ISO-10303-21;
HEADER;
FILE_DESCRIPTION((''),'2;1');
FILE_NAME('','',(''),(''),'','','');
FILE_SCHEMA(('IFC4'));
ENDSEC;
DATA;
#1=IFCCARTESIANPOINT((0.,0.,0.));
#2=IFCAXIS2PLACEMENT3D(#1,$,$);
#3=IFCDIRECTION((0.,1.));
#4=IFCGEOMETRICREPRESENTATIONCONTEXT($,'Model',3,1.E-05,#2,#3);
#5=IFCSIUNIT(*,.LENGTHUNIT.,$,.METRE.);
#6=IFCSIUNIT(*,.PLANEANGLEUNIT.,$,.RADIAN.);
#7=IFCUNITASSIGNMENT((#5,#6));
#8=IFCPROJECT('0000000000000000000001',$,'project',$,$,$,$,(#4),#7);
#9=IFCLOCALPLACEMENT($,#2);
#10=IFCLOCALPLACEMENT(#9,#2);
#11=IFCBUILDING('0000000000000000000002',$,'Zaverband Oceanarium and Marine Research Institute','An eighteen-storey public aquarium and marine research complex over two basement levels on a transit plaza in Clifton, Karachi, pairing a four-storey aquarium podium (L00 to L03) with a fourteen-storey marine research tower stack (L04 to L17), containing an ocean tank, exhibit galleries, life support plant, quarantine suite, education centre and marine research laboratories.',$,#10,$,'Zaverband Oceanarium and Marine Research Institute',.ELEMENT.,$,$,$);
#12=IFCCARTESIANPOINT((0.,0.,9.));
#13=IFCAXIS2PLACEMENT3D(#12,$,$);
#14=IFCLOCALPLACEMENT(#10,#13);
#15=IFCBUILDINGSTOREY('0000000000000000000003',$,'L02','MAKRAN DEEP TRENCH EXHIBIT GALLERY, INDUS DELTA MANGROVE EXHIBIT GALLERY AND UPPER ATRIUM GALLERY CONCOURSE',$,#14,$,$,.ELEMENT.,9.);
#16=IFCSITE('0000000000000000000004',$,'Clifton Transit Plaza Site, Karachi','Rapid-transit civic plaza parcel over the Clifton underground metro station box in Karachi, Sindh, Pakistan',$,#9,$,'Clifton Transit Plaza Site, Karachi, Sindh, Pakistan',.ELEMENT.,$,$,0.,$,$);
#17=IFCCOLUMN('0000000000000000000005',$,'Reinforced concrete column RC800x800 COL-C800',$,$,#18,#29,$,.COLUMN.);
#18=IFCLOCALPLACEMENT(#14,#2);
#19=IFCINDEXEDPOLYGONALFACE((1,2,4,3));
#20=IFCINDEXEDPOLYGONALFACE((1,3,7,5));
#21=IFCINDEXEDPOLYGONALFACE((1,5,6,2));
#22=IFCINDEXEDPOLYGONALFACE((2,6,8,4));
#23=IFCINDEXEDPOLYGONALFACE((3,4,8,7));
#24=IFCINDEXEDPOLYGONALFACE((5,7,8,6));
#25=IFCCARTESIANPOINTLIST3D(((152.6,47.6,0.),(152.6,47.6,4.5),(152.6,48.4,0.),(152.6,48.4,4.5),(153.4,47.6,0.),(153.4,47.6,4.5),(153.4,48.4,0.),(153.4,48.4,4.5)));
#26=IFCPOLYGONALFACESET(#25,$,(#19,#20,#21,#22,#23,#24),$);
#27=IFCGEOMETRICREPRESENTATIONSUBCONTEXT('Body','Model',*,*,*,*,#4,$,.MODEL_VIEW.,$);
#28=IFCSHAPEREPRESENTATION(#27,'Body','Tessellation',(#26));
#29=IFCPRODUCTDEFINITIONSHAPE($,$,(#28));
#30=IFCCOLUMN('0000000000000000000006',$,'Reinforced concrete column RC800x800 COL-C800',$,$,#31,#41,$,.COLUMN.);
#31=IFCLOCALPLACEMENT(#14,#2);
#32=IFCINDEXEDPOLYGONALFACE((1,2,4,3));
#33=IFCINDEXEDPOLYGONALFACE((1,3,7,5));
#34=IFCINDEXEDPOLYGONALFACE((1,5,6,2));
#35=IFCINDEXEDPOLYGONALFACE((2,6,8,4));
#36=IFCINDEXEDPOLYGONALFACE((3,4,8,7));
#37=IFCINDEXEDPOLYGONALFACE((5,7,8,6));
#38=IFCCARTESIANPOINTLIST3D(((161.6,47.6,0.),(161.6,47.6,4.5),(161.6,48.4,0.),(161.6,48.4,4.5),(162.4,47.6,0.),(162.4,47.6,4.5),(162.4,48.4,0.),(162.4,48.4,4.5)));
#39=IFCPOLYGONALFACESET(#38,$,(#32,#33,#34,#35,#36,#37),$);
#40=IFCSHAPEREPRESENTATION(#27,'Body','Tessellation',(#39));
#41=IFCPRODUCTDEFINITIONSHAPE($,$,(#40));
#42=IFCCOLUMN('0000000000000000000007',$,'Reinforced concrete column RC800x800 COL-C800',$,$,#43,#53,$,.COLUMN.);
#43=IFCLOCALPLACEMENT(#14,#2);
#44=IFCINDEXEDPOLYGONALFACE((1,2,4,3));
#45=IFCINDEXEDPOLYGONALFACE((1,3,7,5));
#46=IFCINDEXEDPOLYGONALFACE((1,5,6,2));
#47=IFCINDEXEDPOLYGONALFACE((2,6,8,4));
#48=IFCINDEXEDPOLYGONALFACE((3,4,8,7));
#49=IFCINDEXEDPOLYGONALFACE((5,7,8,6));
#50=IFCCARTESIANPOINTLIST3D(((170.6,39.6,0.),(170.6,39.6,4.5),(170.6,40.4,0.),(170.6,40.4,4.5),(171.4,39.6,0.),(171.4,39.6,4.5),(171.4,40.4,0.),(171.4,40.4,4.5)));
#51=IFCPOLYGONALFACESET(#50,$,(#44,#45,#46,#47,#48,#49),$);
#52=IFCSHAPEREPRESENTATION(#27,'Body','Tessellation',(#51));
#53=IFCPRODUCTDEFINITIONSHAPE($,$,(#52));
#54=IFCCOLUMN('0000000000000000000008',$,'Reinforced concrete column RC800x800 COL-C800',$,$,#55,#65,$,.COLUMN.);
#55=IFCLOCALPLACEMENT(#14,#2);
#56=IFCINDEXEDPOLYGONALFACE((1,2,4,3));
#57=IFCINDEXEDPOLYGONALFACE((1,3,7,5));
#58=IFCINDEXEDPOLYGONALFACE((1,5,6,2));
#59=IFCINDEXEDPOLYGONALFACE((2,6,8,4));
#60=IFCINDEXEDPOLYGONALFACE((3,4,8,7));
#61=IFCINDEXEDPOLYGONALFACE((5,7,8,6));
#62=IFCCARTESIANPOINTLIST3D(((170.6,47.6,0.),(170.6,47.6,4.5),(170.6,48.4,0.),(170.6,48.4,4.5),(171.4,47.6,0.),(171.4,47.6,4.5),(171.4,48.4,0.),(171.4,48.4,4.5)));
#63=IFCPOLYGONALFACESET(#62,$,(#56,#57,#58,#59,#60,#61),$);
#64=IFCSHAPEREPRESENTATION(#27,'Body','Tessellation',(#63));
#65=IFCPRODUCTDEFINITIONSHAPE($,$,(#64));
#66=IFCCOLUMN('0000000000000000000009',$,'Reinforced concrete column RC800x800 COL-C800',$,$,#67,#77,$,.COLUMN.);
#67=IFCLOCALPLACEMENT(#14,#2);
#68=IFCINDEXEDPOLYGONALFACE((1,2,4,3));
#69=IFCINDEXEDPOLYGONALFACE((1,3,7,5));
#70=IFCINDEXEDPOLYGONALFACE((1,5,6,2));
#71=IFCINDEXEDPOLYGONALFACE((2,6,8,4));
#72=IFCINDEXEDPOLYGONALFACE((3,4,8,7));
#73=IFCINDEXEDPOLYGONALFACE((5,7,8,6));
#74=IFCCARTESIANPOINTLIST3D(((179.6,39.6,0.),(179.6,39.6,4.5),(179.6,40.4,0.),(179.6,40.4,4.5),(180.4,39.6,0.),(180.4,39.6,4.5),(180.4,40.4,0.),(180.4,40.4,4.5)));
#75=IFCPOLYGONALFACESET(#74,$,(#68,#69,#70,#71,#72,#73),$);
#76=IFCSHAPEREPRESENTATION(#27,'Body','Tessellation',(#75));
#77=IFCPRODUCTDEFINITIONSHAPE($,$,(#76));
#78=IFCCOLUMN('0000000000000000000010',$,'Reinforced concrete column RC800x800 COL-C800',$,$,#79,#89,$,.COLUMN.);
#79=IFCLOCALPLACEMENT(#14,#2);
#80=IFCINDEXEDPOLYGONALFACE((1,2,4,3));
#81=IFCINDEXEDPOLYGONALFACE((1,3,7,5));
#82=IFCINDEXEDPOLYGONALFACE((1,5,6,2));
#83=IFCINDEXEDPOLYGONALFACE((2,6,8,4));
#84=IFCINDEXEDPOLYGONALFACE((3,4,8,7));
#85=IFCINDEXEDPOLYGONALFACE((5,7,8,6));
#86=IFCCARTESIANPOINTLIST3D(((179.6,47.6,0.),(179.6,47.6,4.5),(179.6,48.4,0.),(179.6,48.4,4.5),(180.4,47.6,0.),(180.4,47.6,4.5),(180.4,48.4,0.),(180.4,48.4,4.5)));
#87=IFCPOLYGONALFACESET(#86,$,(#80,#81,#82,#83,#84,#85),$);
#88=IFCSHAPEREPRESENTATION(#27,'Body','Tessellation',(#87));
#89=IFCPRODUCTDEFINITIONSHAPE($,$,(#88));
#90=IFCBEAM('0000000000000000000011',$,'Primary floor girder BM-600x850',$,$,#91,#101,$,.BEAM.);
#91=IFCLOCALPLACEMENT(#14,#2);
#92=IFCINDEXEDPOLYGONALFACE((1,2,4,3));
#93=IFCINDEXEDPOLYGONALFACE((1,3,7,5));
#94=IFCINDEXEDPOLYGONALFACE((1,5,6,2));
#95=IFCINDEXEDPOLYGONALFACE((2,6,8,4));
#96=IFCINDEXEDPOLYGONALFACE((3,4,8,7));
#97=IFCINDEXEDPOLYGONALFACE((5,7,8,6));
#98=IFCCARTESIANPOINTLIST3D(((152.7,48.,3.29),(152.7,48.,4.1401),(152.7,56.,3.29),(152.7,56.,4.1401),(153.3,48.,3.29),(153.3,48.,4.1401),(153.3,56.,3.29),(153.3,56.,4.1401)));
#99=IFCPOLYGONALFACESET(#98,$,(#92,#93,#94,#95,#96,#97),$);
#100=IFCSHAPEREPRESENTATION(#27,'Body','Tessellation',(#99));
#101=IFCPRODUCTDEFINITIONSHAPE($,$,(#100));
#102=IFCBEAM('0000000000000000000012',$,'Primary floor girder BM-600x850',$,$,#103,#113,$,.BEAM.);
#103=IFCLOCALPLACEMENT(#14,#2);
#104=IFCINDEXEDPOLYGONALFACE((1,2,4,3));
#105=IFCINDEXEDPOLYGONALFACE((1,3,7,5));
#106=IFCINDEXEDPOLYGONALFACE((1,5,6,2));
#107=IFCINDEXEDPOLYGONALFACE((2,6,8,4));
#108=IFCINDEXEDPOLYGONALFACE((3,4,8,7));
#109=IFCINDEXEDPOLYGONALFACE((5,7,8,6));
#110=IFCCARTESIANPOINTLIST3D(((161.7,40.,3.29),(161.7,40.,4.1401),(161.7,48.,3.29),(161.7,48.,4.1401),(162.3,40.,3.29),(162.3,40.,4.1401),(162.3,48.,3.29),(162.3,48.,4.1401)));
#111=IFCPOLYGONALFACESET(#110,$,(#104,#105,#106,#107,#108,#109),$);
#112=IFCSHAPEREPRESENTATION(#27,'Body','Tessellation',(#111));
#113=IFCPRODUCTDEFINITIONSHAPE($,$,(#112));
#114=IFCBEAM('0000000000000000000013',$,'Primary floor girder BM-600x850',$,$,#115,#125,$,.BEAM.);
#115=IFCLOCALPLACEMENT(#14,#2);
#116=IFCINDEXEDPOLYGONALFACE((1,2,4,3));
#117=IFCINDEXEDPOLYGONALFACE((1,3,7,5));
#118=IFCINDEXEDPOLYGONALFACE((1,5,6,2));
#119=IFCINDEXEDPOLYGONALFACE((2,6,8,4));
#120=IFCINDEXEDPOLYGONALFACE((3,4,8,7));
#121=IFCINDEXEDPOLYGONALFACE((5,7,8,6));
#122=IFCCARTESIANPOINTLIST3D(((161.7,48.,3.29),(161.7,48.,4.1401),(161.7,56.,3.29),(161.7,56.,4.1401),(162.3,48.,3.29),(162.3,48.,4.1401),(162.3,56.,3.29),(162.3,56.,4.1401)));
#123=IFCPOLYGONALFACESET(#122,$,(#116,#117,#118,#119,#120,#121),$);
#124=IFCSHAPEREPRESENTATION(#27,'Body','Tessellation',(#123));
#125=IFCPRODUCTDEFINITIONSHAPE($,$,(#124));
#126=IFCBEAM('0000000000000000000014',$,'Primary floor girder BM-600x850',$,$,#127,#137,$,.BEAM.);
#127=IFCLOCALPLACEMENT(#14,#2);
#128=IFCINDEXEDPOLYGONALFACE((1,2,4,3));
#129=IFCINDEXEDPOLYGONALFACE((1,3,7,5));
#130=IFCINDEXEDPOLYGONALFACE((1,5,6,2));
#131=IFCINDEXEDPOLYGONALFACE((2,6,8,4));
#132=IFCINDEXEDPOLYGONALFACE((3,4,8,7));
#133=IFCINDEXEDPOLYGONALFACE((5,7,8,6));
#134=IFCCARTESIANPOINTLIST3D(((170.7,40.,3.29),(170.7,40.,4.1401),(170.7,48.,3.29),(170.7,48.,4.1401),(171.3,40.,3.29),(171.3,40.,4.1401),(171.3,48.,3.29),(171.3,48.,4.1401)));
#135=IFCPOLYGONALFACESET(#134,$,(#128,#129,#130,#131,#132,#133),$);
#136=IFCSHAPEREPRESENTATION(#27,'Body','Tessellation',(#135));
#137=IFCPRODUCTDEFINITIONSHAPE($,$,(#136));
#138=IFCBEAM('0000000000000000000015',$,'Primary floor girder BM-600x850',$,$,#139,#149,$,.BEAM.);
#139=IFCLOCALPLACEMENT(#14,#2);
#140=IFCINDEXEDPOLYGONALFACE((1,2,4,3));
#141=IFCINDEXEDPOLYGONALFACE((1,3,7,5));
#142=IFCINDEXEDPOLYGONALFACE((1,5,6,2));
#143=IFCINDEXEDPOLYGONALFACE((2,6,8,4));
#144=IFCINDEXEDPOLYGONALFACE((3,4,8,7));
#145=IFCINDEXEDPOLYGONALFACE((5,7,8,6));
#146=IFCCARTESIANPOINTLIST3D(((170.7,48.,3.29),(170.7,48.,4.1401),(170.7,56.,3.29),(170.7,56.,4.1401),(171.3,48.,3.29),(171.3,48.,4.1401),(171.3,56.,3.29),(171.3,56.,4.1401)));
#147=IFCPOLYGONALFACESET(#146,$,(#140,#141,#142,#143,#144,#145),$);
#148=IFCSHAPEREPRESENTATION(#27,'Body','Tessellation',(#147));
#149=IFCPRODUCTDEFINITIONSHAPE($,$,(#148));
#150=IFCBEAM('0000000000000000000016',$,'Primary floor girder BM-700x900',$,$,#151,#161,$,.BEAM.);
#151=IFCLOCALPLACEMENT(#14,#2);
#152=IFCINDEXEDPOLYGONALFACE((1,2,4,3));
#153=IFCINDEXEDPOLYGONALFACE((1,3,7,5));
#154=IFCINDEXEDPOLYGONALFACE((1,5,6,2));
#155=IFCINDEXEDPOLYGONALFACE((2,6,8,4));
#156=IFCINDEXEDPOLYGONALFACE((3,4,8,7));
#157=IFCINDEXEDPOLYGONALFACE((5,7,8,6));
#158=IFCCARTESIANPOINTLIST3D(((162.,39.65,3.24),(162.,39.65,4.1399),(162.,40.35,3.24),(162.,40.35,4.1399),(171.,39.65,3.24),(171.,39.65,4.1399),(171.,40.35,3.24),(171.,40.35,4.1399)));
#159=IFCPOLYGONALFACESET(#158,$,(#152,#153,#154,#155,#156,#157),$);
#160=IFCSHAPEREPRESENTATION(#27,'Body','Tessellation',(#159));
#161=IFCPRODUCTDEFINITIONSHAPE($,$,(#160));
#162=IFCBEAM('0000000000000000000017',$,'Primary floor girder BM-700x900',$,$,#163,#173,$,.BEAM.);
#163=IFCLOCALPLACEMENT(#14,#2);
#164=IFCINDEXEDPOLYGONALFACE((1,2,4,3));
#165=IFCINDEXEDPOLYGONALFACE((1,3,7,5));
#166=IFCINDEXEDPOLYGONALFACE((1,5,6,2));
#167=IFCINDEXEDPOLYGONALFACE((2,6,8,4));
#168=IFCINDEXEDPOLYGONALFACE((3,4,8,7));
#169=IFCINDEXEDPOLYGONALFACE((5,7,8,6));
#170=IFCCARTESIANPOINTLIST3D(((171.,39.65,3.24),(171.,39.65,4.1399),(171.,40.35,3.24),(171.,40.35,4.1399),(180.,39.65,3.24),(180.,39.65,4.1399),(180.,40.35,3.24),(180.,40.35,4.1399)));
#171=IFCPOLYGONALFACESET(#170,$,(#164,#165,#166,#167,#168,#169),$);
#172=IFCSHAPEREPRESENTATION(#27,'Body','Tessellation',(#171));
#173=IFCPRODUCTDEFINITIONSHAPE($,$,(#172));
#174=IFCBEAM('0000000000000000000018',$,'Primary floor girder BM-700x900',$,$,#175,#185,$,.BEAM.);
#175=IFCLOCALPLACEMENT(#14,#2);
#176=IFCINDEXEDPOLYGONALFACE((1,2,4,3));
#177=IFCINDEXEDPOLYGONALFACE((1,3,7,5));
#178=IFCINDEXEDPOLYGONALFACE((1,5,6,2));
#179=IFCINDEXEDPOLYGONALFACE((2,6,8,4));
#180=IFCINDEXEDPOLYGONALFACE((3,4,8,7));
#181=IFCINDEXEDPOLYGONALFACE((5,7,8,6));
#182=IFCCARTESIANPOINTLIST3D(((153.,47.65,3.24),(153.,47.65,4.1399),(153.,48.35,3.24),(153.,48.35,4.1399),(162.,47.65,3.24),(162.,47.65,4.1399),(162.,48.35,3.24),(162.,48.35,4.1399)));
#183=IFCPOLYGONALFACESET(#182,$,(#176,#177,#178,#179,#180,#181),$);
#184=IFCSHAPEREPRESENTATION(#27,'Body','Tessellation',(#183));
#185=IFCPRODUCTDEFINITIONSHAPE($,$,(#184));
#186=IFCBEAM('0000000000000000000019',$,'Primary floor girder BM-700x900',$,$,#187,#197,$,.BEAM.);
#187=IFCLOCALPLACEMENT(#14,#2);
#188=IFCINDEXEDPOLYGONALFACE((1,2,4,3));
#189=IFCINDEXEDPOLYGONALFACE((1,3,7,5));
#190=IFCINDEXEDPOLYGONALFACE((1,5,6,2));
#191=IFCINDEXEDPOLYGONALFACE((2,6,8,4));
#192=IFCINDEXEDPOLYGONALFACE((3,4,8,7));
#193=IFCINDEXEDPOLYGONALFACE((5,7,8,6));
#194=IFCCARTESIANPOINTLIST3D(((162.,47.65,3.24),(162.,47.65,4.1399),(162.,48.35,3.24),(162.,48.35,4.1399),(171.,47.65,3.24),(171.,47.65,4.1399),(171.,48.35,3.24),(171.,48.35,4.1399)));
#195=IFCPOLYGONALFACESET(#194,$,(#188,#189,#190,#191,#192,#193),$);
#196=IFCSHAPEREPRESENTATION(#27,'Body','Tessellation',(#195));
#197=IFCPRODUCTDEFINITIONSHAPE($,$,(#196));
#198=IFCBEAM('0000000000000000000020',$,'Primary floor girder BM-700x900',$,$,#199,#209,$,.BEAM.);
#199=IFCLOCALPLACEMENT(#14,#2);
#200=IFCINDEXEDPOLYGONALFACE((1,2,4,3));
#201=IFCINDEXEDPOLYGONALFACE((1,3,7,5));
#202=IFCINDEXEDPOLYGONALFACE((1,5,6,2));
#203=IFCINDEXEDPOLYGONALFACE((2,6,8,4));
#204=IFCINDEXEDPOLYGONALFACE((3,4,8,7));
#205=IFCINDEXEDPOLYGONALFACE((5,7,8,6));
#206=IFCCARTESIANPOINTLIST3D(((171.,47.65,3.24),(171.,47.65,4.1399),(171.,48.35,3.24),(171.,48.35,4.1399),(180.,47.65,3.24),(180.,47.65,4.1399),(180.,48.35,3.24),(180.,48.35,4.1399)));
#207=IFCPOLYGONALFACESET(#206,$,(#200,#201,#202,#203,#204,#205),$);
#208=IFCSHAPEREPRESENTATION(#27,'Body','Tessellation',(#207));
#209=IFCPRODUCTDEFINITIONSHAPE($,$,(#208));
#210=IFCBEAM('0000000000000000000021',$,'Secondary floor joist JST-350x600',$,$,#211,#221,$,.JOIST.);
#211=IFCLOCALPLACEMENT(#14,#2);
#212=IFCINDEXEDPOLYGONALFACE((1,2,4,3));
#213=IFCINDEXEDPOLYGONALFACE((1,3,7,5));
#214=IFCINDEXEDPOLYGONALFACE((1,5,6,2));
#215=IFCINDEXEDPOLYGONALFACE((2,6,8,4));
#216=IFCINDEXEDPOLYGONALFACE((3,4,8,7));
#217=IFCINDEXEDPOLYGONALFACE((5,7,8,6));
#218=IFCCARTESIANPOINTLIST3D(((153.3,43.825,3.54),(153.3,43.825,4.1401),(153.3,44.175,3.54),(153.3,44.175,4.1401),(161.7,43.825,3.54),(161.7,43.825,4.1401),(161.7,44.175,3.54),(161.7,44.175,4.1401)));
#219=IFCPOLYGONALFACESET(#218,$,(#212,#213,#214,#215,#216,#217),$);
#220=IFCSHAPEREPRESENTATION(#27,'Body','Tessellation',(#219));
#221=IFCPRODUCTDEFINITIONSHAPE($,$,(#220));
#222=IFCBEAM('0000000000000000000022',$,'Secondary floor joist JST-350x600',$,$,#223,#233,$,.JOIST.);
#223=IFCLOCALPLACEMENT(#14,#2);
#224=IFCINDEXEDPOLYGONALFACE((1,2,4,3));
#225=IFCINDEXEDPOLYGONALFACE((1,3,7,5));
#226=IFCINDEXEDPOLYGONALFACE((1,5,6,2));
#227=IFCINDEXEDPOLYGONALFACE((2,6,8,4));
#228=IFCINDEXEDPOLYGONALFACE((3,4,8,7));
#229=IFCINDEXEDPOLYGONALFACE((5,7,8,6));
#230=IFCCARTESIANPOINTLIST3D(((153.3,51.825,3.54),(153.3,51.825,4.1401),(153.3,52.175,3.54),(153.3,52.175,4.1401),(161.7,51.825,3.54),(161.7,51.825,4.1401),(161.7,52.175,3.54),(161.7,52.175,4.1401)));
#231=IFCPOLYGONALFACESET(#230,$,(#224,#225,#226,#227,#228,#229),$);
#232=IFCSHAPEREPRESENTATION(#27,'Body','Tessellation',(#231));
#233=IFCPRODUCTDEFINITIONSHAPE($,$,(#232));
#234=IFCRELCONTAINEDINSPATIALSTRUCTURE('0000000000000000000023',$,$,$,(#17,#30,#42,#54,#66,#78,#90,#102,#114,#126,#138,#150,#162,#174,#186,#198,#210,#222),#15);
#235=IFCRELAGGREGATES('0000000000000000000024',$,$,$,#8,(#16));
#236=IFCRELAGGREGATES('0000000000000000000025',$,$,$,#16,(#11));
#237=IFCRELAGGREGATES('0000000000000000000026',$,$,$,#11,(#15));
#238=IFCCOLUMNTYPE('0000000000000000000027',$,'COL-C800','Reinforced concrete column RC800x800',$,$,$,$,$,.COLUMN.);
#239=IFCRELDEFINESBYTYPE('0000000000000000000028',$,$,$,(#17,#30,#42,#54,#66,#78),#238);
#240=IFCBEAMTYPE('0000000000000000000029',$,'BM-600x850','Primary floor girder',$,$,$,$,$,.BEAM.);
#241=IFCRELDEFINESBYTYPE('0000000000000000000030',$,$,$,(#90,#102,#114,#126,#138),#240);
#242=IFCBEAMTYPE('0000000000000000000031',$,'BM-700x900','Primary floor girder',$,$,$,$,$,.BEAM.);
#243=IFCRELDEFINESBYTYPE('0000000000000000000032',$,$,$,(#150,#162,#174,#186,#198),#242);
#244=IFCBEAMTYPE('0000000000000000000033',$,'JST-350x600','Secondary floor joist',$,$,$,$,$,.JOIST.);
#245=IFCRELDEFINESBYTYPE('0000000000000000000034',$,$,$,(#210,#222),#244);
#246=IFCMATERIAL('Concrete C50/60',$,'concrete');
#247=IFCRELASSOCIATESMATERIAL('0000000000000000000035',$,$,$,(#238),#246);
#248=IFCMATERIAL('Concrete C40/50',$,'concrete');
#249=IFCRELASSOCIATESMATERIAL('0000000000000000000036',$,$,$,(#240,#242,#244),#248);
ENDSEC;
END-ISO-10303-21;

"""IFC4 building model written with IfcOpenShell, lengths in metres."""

from ifc_helpers import new_model, si_unit, direction, frame, origin, origin_2d, place, context, subcontext, project, spatial, rectangle, extrude, material, material_profile, profile_set, type_object, element, save


model = new_model("IFC4")

# Units and contexts
model_context = context("Model", 3, precision=1e-05, world=origin(), true_north=direction((0.0, 1.0)))
body_context = subcontext(model_context, "Body", "Model", "MODEL_VIEW")
ifc_project = project(units=[si_unit("LENGTHUNIT", "METRE"), si_unit("PLANEANGLEUNIT", "RADIAN")], contexts=[model_context])

# Site, building, storey
site_placement = place(None, origin())
site = spatial("IfcSite", under=ifc_project, at=site_placement, Name="Clifton Transit Plaza Site, Karachi", Description="Rapid-transit civic plaza parcel over the Clifton underground metro station box in Karachi, Sindh, Pakistan", LongName="Clifton Transit Plaza Site, Karachi, Sindh, Pakistan", CompositionType="ELEMENT", RefElevation=0.0)
building_placement = place(site_placement, origin())
building = spatial("IfcBuilding", under=site, at=building_placement, Name="Zaverband Oceanarium and Marine Research Institute", Description="An eighteen-storey public aquarium and marine research complex over two basement levels on a transit plaza in Clifton, Karachi, pairing a four-storey aquarium podium (L00 to L03) with a fourteen-storey marine research tower stack (L04 to L17), containing an ocean tank, exhibit galleries, life support plant, quarantine suite, education centre and marine research laboratories.", LongName="Zaverband Oceanarium and Marine Research Institute", CompositionType="ELEMENT")
storey_placement = place(building_placement, frame((0.0, 0.0, 9.0)))
storey = spatial("IfcBuildingStorey", under=building, at=storey_placement, Name="L02", Description="MAKRAN DEEP TRENCH EXHIBIT GALLERY, INDUS DELTA MANGROVE EXHIBIT GALLERY AND UPPER ATRIUM GALLERY CONCOURSE", CompositionType="ELEMENT", Elevation=9.0)

# Columns
ifc_material_1 = material(Name="Concrete C50/60", Category="concrete")
ifc_material_profile_1 = material_profile(ifc_material_1, rectangle(XDim=0.8, YDim=0.8, at=origin_2d()), Name="RC800x800")
ifc_profile_set_1 = profile_set([ifc_material_profile_1], Name="Concrete C50/60")
column_type = type_object("IfcColumnType", Name="COL-C800", Description="Reinforced concrete column RC800x800", PredefinedType="COLUMN", material=ifc_profile_set_1)
for number, where, z_axis, x_axis, name in (
    (1, (153.0, 48.0, 0.0), (0.0, 0.0, 1.0), (1.0, 0.0, 0.0), "Reinforced concrete column RC800x800 COL-C800"),
    (2, (162.0, 48.0, 0.0), (0.0, 0.0, 1.0), (1.0, 0.0, 0.0), "Reinforced concrete column RC800x800 COL-C800"),
    (3, (171.0, 40.0, 0.0), (0.0, 0.0, 1.0), (1.0, 0.0, 0.0), "Reinforced concrete column RC800x800 COL-C800"),
    (4, (171.0, 48.0, 0.0), (0.0, 0.0, 1.0), (1.0, 0.0, 0.0), "Reinforced concrete column RC800x800 COL-C800"),
    (5, (180.0, 40.0, 0.0), (0.0, 0.0, 1.0), (1.0, 0.0, 0.0), "Reinforced concrete column RC800x800 COL-C800"),
    (6, (180.0, 48.0, 0.0), (0.0, 0.0, 1.0), (1.0, 0.0, 0.0), "Reinforced concrete column RC800x800 COL-C800"),
):
    element("IfcColumn", number, at=place(storey_placement, frame(where, z_axis=z_axis, x_axis=x_axis)), inside=storey, type_object=column_type, Name=name, PredefinedType="COLUMN", context=body_context, shape_type="SweptSolid", body=[
        extrude(rectangle(XDim=0.8, YDim=0.8, at=origin_2d()), origin(), (0.0, 0.0, 1.0), 4.5),
    ])

# Beams
ifc_material_2 = material(Name="Concrete C40/50", Category="concrete")
ifc_material_profile_2 = material_profile(ifc_material_2, rectangle(XDim=0.6001, YDim=0.8501, at=origin_2d()), Name="RC600x850")
ifc_profile_set_2 = profile_set([ifc_material_profile_2], Name="Concrete C40/50")
beam_type_1 = type_object("IfcBeamType", Name="BM-600x850", Description="Primary floor girder", PredefinedType="BEAM", material=ifc_profile_set_2)
for number, where, z_axis, x_axis, name in (
    (7, (153.0, 48.0, 3.7151), (0.0, 1.0, 0.0), (-1.0, 0.0, 0.0), "Primary floor girder BM-600x850"),
    (8, (162.0, 40.0, 3.7151), (0.0, 1.0, 0.0), (-1.0, 0.0, 0.0), "Primary floor girder BM-600x850"),
    (9, (162.0, 48.0, 3.7151), (0.0, 1.0, 0.0), (-1.0, 0.0, 0.0), "Primary floor girder BM-600x850"),
    (10, (171.0, 40.0, 3.7151), (0.0, 1.0, 0.0), (-1.0, 0.0, 0.0), "Primary floor girder BM-600x850"),
    (11, (171.0, 48.0, 3.7151), (0.0, 1.0, 0.0), (-1.0, 0.0, 0.0), "Primary floor girder BM-600x850"),
):
    element("IfcBeam", number, at=place(storey_placement, frame(where, z_axis=z_axis, x_axis=x_axis)), inside=storey, type_object=beam_type_1, Name=name, PredefinedType="BEAM", context=body_context, shape_type="SweptSolid", body=[
        extrude(rectangle(XDim=0.6001, YDim=0.8501, at=origin_2d()), origin(), (0.0, 0.0, 1.0), 8.0),
    ])
ifc_material_profile_3 = material_profile(ifc_material_2, rectangle(XDim=0.7, YDim=0.8999, at=origin_2d()), Name="RC700x900")
ifc_profile_set_3 = profile_set([ifc_material_profile_3], Name="Concrete C40/50")
beam_type_2 = type_object("IfcBeamType", Name="BM-700x900", Description="Primary floor girder", PredefinedType="BEAM", material=ifc_profile_set_3)
for number, where, z_axis, x_axis, name in (
    (12, (162.0, 40.0, 3.6899), (1.0, 0.0, 0.0), (0.0, 1.0, 0.0), "Primary floor girder BM-700x900"),
    (13, (171.0, 40.0, 3.6899), (1.0, 0.0, 0.0), (0.0, 1.0, 0.0), "Primary floor girder BM-700x900"),
    (14, (153.0, 48.0, 3.6899), (1.0, 0.0, 0.0), (0.0, 1.0, 0.0), "Primary floor girder BM-700x900"),
    (15, (162.0, 48.0, 3.6899), (1.0, 0.0, 0.0), (0.0, 1.0, 0.0), "Primary floor girder BM-700x900"),
    (16, (171.0, 48.0, 3.6899), (1.0, 0.0, 0.0), (0.0, 1.0, 0.0), "Primary floor girder BM-700x900"),
):
    element("IfcBeam", number, at=place(storey_placement, frame(where, z_axis=z_axis, x_axis=x_axis)), inside=storey, type_object=beam_type_2, Name=name, PredefinedType="BEAM", context=body_context, shape_type="SweptSolid", body=[
        extrude(rectangle(XDim=0.7, YDim=0.8999, at=origin_2d()), origin(), (0.0, 0.0, 1.0), 9.0),
    ])
ifc_material_profile_4 = material_profile(ifc_material_2, rectangle(XDim=0.3501, YDim=0.6001, at=origin_2d()), Name="RC350x600")
ifc_profile_set_4 = profile_set([ifc_material_profile_4], Name="Concrete C40/50")
beam_type_3 = type_object("IfcBeamType", Name="JST-350x600", Description="Secondary floor joist", PredefinedType="JOIST", material=ifc_profile_set_4)
for number, where, z_axis, x_axis, name in (
    (17, (153.3, 44.0, 3.8401), (1.0, 0.0, 0.0), (0.0, 1.0, 0.0), "Secondary floor joist JST-350x600"),
    (18, (153.3, 52.0, 3.8401), (1.0, 0.0, 0.0), (0.0, 1.0, 0.0), "Secondary floor joist JST-350x600"),
):
    element("IfcBeam", number, at=place(storey_placement, frame(where, z_axis=z_axis, x_axis=x_axis)), inside=storey, type_object=beam_type_3, Name=name, PredefinedType="JOIST", context=body_context, shape_type="SweptSolid", body=[
        extrude(rectangle(XDim=0.3501, YDim=0.6001, at=origin_2d()), origin(), (0.0, 0.0, 1.0), 8.3999),
    ])

save(model, "model.ifc")
